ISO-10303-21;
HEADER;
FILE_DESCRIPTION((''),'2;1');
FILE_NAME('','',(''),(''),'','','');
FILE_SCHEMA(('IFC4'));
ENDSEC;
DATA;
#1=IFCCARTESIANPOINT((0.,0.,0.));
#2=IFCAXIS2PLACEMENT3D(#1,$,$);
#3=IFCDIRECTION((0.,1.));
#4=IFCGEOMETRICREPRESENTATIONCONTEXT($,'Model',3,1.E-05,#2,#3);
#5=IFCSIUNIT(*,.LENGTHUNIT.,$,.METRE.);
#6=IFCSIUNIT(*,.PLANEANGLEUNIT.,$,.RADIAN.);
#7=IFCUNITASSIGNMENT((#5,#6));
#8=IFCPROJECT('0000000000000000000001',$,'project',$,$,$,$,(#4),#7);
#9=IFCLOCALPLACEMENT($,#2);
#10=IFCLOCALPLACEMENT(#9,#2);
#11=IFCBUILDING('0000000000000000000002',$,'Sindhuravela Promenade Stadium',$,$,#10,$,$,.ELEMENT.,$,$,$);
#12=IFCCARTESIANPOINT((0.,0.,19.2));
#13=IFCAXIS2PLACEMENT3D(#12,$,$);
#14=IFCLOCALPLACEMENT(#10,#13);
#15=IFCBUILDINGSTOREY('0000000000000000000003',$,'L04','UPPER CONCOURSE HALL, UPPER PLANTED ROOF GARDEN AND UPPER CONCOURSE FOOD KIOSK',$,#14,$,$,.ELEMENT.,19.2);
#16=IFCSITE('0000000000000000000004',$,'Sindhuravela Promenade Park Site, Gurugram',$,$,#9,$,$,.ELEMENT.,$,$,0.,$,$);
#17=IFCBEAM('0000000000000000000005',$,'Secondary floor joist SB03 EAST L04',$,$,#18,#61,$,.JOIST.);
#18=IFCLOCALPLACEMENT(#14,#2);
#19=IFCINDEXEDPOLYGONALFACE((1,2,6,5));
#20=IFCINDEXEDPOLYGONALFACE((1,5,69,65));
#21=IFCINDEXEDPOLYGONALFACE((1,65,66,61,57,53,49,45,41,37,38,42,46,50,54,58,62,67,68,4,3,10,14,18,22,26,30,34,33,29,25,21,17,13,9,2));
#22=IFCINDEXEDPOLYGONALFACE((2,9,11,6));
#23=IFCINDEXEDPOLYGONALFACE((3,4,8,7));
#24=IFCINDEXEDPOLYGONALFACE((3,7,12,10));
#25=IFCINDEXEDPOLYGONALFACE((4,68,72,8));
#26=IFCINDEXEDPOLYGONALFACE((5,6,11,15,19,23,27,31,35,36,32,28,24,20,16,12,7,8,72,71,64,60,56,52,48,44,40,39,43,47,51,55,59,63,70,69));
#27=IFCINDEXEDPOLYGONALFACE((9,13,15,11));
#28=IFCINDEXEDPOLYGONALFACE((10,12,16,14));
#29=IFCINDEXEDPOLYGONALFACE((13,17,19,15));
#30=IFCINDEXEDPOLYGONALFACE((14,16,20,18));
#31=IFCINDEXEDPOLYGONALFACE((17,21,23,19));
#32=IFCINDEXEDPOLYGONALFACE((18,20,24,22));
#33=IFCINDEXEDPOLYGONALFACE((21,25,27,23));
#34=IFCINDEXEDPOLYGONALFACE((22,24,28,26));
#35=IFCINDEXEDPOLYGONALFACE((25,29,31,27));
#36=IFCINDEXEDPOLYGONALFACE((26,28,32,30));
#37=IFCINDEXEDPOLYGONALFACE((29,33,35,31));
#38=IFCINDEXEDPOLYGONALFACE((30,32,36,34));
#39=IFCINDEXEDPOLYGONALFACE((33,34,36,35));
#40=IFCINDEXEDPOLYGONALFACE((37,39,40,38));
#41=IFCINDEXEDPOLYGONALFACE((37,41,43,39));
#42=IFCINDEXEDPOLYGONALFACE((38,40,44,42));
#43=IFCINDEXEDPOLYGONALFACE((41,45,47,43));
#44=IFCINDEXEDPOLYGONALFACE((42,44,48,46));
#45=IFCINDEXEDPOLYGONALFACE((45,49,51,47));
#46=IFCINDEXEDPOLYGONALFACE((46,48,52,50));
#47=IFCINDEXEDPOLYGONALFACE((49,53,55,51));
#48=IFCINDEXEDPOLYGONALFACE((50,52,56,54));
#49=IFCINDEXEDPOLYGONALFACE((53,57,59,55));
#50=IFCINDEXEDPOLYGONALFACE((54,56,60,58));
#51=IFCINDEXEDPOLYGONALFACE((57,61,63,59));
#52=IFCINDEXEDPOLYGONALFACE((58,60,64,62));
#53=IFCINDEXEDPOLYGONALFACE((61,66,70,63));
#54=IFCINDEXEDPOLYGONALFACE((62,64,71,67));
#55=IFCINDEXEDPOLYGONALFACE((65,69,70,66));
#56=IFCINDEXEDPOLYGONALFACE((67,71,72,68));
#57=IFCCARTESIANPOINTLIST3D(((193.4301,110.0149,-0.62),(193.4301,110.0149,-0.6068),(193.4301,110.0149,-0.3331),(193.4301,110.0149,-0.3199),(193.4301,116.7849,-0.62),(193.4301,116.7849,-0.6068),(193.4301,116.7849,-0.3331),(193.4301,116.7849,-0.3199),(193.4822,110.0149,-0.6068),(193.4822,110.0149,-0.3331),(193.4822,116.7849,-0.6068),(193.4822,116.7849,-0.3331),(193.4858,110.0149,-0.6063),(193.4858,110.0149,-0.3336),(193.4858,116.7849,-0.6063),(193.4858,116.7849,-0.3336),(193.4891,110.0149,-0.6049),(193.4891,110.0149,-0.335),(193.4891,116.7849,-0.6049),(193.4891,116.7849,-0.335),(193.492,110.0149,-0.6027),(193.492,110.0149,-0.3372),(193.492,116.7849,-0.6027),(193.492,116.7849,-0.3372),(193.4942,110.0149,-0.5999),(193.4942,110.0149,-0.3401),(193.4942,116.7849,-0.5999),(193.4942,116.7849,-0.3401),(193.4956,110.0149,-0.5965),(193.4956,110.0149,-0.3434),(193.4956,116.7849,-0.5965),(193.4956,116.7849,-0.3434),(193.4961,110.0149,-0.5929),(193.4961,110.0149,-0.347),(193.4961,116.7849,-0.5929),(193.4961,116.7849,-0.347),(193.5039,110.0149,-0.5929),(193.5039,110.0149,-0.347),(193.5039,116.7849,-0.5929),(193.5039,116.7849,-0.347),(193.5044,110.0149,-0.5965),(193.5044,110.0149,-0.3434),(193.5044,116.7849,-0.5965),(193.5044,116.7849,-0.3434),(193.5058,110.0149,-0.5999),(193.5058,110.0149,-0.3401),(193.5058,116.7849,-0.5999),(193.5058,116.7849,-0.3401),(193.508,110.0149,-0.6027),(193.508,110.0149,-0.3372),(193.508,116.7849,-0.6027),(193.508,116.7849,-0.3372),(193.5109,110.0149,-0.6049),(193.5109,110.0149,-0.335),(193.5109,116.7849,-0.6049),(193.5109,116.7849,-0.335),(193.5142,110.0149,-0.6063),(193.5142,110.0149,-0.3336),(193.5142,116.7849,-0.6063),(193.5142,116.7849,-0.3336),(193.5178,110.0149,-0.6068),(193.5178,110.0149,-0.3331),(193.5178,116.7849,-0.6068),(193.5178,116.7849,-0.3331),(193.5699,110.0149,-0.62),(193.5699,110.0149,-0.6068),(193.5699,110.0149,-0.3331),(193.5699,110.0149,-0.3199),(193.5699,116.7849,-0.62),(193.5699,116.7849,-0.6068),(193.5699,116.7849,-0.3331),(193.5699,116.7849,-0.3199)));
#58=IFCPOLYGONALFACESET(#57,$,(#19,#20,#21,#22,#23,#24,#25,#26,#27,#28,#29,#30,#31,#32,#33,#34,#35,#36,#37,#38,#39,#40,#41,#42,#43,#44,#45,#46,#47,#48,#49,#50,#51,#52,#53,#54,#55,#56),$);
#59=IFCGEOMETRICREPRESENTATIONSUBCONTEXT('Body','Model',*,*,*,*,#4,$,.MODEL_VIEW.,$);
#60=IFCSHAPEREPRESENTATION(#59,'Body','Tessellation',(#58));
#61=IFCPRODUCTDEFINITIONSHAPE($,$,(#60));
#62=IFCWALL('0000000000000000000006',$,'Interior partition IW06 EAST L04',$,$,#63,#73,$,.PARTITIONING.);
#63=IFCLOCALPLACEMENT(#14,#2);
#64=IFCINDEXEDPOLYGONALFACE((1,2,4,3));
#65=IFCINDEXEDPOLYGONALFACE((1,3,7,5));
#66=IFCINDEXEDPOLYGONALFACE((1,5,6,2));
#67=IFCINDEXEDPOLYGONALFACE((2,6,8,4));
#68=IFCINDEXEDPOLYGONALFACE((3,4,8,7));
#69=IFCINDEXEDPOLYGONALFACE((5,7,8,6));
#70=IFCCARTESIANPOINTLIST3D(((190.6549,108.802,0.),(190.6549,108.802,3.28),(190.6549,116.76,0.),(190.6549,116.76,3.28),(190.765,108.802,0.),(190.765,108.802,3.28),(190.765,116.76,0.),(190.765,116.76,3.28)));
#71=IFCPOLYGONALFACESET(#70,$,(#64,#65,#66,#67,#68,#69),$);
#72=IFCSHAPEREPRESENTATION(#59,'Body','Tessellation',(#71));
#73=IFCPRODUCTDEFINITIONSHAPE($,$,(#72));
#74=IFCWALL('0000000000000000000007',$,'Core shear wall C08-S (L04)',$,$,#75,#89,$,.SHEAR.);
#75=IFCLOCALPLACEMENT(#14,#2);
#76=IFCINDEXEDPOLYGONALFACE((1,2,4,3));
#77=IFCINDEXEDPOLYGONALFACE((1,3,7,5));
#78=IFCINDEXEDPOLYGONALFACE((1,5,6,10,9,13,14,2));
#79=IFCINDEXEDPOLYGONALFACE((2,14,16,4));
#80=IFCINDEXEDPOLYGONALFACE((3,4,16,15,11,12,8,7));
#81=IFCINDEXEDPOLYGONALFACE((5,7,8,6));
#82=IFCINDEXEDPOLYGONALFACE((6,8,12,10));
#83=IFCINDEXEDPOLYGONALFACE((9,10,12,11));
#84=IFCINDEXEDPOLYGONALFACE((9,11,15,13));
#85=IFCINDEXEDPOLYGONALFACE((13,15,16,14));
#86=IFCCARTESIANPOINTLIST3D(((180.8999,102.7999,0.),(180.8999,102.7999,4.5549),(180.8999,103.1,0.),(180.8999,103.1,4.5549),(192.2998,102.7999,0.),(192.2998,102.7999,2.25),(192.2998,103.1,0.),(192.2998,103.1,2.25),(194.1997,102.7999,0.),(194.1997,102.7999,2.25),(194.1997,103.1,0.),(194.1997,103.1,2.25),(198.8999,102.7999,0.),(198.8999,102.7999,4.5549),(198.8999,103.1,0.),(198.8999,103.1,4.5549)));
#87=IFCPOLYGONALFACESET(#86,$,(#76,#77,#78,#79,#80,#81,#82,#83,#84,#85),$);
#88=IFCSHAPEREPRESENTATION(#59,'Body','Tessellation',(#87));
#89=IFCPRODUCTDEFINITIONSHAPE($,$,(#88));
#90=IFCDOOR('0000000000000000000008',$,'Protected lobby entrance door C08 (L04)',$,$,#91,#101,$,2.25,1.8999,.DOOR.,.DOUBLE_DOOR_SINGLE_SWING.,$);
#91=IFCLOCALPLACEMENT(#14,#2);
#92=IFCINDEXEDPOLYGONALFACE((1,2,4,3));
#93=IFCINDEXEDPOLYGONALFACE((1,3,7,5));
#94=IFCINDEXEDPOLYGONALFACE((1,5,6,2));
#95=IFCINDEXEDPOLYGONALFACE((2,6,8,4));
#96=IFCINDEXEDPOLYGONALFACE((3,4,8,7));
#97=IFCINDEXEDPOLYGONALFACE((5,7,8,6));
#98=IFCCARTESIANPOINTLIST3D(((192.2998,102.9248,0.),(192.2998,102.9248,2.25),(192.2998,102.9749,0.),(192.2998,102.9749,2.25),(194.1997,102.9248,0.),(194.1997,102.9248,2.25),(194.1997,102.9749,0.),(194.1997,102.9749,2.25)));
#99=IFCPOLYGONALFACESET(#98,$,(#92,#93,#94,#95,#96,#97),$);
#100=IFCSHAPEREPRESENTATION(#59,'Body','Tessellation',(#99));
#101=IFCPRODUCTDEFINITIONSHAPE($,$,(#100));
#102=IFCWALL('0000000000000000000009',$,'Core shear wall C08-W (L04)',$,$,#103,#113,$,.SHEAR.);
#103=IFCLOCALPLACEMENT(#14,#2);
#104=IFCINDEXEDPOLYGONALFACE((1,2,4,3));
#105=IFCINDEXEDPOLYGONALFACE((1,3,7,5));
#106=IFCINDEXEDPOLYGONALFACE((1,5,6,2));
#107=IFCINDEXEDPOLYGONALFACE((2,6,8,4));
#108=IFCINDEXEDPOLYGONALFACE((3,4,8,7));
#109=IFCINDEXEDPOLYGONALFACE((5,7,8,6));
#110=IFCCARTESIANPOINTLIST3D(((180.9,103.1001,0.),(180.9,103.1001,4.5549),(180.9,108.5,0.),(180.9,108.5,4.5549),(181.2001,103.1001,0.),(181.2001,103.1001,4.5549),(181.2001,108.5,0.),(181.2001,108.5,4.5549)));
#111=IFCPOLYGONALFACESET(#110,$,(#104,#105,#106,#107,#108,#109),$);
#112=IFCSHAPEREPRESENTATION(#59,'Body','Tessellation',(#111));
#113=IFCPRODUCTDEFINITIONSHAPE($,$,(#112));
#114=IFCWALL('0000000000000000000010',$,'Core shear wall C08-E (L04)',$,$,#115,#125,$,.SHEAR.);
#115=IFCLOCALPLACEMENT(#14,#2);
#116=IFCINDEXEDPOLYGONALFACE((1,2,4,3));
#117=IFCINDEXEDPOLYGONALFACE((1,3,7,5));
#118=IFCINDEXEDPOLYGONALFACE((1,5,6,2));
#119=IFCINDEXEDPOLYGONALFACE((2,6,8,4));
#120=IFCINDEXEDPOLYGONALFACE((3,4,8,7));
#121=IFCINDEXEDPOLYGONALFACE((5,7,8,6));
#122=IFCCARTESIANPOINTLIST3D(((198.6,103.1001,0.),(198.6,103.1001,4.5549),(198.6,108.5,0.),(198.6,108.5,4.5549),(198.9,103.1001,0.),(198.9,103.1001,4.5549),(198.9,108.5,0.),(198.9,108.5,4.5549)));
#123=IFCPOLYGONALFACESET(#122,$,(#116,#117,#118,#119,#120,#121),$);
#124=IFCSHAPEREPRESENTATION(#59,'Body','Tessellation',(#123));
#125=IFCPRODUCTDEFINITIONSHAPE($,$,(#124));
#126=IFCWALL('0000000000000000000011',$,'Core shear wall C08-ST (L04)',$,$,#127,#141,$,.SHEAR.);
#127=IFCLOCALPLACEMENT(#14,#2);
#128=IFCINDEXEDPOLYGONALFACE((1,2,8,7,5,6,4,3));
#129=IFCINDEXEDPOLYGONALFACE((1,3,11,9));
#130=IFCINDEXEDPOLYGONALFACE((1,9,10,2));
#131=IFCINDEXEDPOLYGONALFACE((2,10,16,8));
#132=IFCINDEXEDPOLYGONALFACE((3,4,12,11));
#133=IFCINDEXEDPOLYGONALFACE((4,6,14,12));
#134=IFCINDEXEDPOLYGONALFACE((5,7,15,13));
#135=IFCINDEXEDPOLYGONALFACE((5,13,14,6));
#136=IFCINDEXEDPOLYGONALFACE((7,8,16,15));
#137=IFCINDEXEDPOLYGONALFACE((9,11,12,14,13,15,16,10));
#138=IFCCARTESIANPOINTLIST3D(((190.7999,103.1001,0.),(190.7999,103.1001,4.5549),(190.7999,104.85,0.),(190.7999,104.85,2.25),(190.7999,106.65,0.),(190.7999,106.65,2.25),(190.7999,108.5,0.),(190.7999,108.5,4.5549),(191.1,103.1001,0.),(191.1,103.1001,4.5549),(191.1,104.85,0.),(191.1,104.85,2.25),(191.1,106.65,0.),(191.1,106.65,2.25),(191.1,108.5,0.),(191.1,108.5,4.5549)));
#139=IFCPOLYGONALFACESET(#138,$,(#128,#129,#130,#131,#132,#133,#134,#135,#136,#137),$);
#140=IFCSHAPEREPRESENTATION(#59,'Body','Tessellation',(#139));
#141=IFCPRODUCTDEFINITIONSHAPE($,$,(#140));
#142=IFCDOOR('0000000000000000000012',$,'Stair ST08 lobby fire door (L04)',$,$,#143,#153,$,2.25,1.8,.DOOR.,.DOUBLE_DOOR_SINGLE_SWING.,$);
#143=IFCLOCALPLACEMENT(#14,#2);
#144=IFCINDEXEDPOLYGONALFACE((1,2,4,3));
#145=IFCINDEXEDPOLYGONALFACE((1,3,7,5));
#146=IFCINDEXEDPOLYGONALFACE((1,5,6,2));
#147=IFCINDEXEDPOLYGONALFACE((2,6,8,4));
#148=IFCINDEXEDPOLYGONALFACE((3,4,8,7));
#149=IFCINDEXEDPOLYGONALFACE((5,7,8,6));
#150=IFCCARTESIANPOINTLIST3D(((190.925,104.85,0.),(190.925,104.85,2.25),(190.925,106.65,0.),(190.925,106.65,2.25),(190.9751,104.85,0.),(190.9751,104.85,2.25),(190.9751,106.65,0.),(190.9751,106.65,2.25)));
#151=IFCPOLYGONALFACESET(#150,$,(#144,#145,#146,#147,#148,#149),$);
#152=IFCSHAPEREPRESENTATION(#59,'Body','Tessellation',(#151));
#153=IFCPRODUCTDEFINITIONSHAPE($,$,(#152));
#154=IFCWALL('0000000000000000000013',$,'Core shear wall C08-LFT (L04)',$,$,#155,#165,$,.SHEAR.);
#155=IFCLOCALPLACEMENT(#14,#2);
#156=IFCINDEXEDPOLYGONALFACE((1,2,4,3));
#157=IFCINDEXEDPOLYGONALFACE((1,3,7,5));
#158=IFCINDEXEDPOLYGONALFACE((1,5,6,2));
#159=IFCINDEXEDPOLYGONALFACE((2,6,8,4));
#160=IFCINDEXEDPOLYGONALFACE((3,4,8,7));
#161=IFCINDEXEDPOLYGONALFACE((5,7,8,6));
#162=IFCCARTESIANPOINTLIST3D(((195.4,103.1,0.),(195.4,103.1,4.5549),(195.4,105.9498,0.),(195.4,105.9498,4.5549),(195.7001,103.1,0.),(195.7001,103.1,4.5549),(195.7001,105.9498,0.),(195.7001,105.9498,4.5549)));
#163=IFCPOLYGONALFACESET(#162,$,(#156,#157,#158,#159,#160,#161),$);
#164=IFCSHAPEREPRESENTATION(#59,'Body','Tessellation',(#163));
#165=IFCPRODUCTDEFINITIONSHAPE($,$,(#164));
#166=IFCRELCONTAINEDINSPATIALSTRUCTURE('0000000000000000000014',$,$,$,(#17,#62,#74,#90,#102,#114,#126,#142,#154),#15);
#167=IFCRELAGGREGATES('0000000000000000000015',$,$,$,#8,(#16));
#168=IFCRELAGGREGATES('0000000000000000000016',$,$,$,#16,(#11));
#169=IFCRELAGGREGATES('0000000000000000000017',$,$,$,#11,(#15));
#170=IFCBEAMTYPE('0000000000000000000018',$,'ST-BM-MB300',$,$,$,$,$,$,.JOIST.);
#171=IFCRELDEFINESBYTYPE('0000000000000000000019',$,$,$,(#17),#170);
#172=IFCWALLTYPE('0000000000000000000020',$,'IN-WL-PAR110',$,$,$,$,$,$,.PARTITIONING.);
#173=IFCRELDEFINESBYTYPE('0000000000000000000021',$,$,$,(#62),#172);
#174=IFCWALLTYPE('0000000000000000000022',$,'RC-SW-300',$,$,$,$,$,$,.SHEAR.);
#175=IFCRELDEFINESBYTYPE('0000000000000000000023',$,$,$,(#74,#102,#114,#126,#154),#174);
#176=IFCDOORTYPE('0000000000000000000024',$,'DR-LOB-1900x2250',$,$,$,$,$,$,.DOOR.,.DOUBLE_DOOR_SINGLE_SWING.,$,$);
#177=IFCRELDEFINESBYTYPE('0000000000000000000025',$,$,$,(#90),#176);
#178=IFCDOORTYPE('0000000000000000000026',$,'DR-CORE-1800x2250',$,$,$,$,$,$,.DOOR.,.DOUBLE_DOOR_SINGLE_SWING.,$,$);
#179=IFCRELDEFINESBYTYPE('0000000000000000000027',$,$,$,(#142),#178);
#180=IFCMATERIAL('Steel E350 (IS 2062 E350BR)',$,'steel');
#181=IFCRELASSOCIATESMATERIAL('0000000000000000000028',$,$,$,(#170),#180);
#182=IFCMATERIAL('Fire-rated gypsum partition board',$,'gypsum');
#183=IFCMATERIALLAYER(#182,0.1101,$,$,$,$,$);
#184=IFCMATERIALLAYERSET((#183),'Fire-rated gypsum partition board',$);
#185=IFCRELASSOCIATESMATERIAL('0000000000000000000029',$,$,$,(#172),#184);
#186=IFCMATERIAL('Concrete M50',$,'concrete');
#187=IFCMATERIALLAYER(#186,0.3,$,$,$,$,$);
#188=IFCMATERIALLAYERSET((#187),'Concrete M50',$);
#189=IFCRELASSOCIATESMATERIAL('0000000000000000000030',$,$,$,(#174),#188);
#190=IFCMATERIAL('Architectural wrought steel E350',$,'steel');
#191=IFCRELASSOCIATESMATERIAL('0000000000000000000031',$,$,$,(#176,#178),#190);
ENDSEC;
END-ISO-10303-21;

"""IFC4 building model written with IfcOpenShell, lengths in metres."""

from ifc_helpers import new_model, si_unit, direction, frame, frame_2d, origin, origin_2d, place, context, subcontext, project, spatial, rectangle, i_section, extrude, material, layer, layer_set, material_profile, profile_set, type_object, element, fill, save


model = new_model("IFC4")

# Units and contexts
model_context = context("Model", 3, precision=1e-05, world=origin(), true_north=direction((0.0, 1.0)))
body_context = subcontext(model_context, "Body", "Model", "MODEL_VIEW")
ifc_project = project(units=[si_unit("LENGTHUNIT", "METRE"), si_unit("PLANEANGLEUNIT", "RADIAN")], contexts=[model_context])

# Site, building, storey
site_placement = place(None, origin())
site = spatial("IfcSite", under=ifc_project, at=site_placement, Name="Sindhuravela Promenade Park Site, Gurugram", CompositionType="ELEMENT", RefElevation=0.0)
building_placement = place(site_placement, origin())
building = spatial("IfcBuilding", under=site, at=building_placement, Name="Sindhuravela Promenade Stadium", CompositionType="ELEMENT")
storey_placement = place(building_placement, frame((0.0, 0.0, 19.2)))
storey = spatial("IfcBuildingStorey", under=building, at=storey_placement, Name="L04", Description="UPPER CONCOURSE HALL, UPPER PLANTED ROOF GARDEN AND UPPER CONCOURSE FOOD KIOSK", CompositionType="ELEMENT", Elevation=19.2)

# Shared definitions
ifc_material_1 = material(Name="Steel E350 (IS 2062 E350BR)", Category="steel")

# Beam
ifc_material_2 = material(Name="Concrete M50", Category="concrete")
ifc_material_profile_1 = material_profile(ifc_material_1, i_section(OverallWidth=0.1399, OverallDepth=0.3, WebThickness=0.0078, FlangeThickness=0.0132, FilletRadius=0.0139, at=origin_2d()), Name="ISMB 300")
ifc_profile_set_1 = profile_set([ifc_material_profile_1], Name="Steel E350 (IS 2062 E350BR)")
beam_type_1 = type_object("IfcBeamType", Name="ST-BM-MB300", PredefinedType="JOIST", material=ifc_profile_set_1)
beam_1_placement = place(storey_placement, frame((193.5, 110.0149, -0.47), z_axis=(0.0, 1.0, 0.0), x_axis=(-1.0, 0.0, 0.0)))
element("IfcBeam", 1, at=beam_1_placement, inside=storey, type_object=beam_type_1, Name="Secondary floor joist SB03 EAST L04", PredefinedType="JOIST", context=body_context, shape_type="SweptSolid", body=[
    extrude(i_section(OverallWidth=0.1399, OverallDepth=0.3, WebThickness=0.0078, FlangeThickness=0.0132, FilletRadius=0.0139, at=origin_2d()), origin(), (0.0, 0.0, 1.0), 6.77),
])

# Wall
ifc_material_3 = material(Name="Fire-rated gypsum partition board", Category="gypsum")
ifc_layer_1 = layer(ifc_material_3, 0.1101)
ifc_layer_set_1 = layer_set([ifc_layer_1], Name="Fire-rated gypsum partition board")
wall_type_1 = type_object("IfcWallType", Name="IN-WL-PAR110", PredefinedType="PARTITIONING", material=ifc_layer_set_1)
wall_1_placement = place(storey_placement, frame((190.71, 108.802, 0.0), z_axis=(0.0, 0.0, 1.0), x_axis=(0.0, 1.0, 0.0)))
element("IfcWall", 2, at=wall_1_placement, inside=storey, type_object=wall_type_1, Name="Interior partition IW06 EAST L04", PredefinedType="PARTITIONING", context=body_context, shape_type="SweptSolid", body=[
    extrude(rectangle(XDim=7.958, YDim=0.1101, at=frame_2d((3.979, 0.0))), origin(), (0.0, 0.0, 1.0), 3.28),
])

# Wall, opening, door
ifc_layer_2 = layer(ifc_material_2, 0.3)
ifc_layer_set_2 = layer_set([ifc_layer_2], Name="Concrete M50")
wall_type_2 = type_object("IfcWallType", Name="RC-SW-300", PredefinedType="SHEAR", material=ifc_layer_set_2)
wall_2_placement = place(storey_placement, frame((180.8999, 102.95, 0.0), z_axis=(0.0, 0.0, 1.0), x_axis=(1.0, 0.0, 0.0)))
wall_2 = element("IfcWall", 3, at=wall_2_placement, inside=storey, type_object=wall_type_2, Name="Core shear wall C08-S (L04)", PredefinedType="SHEAR", context=body_context, shape_type="SweptSolid", body=[
    extrude(rectangle(XDim=18.0, YDim=0.3, at=frame_2d((9.0, 0.0))), origin(), (0.0, 0.0, 1.0), 4.5549),
])
opening_1_placement = place(wall_2_placement, frame((11.3999, 0.0, 0.0)))
opening_1 = element("IfcOpeningElement", 4, at=opening_1_placement, cuts=wall_2, PredefinedType="OPENING", context=body_context, shape_type="SweptSolid", body=[
    extrude(rectangle(XDim=1.8999, YDim=2.25, at=frame_2d((0.95, 1.125))), frame((0.0, 0.1599, 0.0), z_axis=(0.0, -1.0, 0.0), x_axis=(1.0, 0.0, 0.0)), (0.0, 0.0, 1.0), 0.3201),
])
ifc_material_4 = material(Name="Architectural wrought steel E350", Category="steel")
door_type_1 = type_object("IfcDoorType", Name="DR-LOB-1900x2250", OperationType="DOUBLE_DOOR_SINGLE_SWING", PredefinedType="DOOR", material=ifc_material_4)
door_1_placement = place(opening_1_placement, origin())
door_1 = element("IfcDoor", 5, at=door_1_placement, inside=storey, type_object=door_type_1, Name="Protected lobby entrance door C08 (L04)", OperationType="DOUBLE_DOOR_SINGLE_SWING", OverallHeight=2.25, OverallWidth=1.8999, PredefinedType="DOOR", context=body_context, shape_type="SweptSolid", body=[
    extrude(rectangle(XDim=1.8999, YDim=2.25, at=frame_2d((0.95, 1.125))), frame((0.0, 0.0249, 0.0), z_axis=(0.0, -1.0, 0.0), x_axis=(1.0, 0.0, 0.0)), (0.0, 0.0, 1.0), 0.05),
])
fill(opening_1, door_1)

# Walls
for number, where, z_axis, x_axis, name in (
    (6, (181.05, 108.5, 0.0), (0.0, 0.0, 1.0), (0.0, -1.0, 0.0), "Core shear wall C08-W (L04)"),
    (7, (198.75, 103.1001, 0.0), (0.0, 0.0, 1.0), (0.0, 1.0, 0.0), "Core shear wall C08-E (L04)"),
):
    element("IfcWall", number, at=place(storey_placement, frame(where, z_axis=z_axis, x_axis=x_axis)), inside=storey, type_object=wall_type_2, Name=name, PredefinedType="SHEAR", context=body_context, shape_type="SweptSolid", body=[
        extrude(rectangle(XDim=5.3999, YDim=0.3, at=frame_2d((2.7, 0.0))), origin(), (0.0, 0.0, 1.0), 4.5549),
    ])

# Wall, opening, door
wall_3_placement = place(storey_placement, frame((190.95, 103.1001, 0.0), z_axis=(0.0, 0.0, 1.0), x_axis=(0.0, 1.0, 0.0)))
wall_3 = element("IfcWall", 8, at=wall_3_placement, inside=storey, type_object=wall_type_2, Name="Core shear wall C08-ST (L04)", PredefinedType="SHEAR", context=body_context, shape_type="SweptSolid", body=[
    extrude(rectangle(XDim=5.3999, YDim=0.3, at=frame_2d((2.7, 0.0))), origin(), (0.0, 0.0, 1.0), 4.5549),
])
opening_2_placement = place(wall_3_placement, frame((1.75, 0.0, 0.0)))
opening_2 = element("IfcOpeningElement", 9, at=opening_2_placement, cuts=wall_3, PredefinedType="OPENING", context=body_context, shape_type="SweptSolid", body=[
    extrude(rectangle(XDim=1.8, YDim=2.25, at=frame_2d((0.8999, 1.125))), frame((0.0, 0.1599, 0.0), z_axis=(0.0, -1.0, 0.0), x_axis=(1.0, 0.0, 0.0)), (0.0, 0.0, 1.0), 0.3201),
])
door_type_2 = type_object("IfcDoorType", Name="DR-CORE-1800x2250", OperationType="DOUBLE_DOOR_SINGLE_SWING", PredefinedType="DOOR", material=ifc_material_4)
door_2_placement = place(opening_2_placement, origin())
door_2 = element("IfcDoor", 10, at=door_2_placement, inside=storey, type_object=door_type_2, Name="Stair ST08 lobby fire door (L04)", OperationType="DOUBLE_DOOR_SINGLE_SWING", OverallHeight=2.25, OverallWidth=1.8, PredefinedType="DOOR", context=body_context, shape_type="SweptSolid", body=[
    extrude(rectangle(XDim=1.8, YDim=2.25, at=frame_2d((0.8999, 1.125))), frame((0.0, 0.0249, 0.0), z_axis=(0.0, -1.0, 0.0), x_axis=(1.0, 0.0, 0.0)), (0.0, 0.0, 1.0), 0.05),
])
fill(opening_2, door_2)

# Wall
wall_4_placement = place(storey_placement, frame((195.55, 103.1001, 0.0), z_axis=(0.0, 0.0, 1.0), x_axis=(0.0, 1.0, 0.0)))
element("IfcWall", 11, at=wall_4_placement, inside=storey, type_object=wall_type_2, Name="Core shear wall C08-LFT (L04)", PredefinedType="SHEAR", context=body_context, shape_type="SweptSolid", body=[
    extrude(rectangle(XDim=2.8499, YDim=0.3, at=frame_2d((1.4248, 0.0))), origin(), (0.0, 0.0, 1.0), 4.5549),
])

save(model, "model.ifc")
